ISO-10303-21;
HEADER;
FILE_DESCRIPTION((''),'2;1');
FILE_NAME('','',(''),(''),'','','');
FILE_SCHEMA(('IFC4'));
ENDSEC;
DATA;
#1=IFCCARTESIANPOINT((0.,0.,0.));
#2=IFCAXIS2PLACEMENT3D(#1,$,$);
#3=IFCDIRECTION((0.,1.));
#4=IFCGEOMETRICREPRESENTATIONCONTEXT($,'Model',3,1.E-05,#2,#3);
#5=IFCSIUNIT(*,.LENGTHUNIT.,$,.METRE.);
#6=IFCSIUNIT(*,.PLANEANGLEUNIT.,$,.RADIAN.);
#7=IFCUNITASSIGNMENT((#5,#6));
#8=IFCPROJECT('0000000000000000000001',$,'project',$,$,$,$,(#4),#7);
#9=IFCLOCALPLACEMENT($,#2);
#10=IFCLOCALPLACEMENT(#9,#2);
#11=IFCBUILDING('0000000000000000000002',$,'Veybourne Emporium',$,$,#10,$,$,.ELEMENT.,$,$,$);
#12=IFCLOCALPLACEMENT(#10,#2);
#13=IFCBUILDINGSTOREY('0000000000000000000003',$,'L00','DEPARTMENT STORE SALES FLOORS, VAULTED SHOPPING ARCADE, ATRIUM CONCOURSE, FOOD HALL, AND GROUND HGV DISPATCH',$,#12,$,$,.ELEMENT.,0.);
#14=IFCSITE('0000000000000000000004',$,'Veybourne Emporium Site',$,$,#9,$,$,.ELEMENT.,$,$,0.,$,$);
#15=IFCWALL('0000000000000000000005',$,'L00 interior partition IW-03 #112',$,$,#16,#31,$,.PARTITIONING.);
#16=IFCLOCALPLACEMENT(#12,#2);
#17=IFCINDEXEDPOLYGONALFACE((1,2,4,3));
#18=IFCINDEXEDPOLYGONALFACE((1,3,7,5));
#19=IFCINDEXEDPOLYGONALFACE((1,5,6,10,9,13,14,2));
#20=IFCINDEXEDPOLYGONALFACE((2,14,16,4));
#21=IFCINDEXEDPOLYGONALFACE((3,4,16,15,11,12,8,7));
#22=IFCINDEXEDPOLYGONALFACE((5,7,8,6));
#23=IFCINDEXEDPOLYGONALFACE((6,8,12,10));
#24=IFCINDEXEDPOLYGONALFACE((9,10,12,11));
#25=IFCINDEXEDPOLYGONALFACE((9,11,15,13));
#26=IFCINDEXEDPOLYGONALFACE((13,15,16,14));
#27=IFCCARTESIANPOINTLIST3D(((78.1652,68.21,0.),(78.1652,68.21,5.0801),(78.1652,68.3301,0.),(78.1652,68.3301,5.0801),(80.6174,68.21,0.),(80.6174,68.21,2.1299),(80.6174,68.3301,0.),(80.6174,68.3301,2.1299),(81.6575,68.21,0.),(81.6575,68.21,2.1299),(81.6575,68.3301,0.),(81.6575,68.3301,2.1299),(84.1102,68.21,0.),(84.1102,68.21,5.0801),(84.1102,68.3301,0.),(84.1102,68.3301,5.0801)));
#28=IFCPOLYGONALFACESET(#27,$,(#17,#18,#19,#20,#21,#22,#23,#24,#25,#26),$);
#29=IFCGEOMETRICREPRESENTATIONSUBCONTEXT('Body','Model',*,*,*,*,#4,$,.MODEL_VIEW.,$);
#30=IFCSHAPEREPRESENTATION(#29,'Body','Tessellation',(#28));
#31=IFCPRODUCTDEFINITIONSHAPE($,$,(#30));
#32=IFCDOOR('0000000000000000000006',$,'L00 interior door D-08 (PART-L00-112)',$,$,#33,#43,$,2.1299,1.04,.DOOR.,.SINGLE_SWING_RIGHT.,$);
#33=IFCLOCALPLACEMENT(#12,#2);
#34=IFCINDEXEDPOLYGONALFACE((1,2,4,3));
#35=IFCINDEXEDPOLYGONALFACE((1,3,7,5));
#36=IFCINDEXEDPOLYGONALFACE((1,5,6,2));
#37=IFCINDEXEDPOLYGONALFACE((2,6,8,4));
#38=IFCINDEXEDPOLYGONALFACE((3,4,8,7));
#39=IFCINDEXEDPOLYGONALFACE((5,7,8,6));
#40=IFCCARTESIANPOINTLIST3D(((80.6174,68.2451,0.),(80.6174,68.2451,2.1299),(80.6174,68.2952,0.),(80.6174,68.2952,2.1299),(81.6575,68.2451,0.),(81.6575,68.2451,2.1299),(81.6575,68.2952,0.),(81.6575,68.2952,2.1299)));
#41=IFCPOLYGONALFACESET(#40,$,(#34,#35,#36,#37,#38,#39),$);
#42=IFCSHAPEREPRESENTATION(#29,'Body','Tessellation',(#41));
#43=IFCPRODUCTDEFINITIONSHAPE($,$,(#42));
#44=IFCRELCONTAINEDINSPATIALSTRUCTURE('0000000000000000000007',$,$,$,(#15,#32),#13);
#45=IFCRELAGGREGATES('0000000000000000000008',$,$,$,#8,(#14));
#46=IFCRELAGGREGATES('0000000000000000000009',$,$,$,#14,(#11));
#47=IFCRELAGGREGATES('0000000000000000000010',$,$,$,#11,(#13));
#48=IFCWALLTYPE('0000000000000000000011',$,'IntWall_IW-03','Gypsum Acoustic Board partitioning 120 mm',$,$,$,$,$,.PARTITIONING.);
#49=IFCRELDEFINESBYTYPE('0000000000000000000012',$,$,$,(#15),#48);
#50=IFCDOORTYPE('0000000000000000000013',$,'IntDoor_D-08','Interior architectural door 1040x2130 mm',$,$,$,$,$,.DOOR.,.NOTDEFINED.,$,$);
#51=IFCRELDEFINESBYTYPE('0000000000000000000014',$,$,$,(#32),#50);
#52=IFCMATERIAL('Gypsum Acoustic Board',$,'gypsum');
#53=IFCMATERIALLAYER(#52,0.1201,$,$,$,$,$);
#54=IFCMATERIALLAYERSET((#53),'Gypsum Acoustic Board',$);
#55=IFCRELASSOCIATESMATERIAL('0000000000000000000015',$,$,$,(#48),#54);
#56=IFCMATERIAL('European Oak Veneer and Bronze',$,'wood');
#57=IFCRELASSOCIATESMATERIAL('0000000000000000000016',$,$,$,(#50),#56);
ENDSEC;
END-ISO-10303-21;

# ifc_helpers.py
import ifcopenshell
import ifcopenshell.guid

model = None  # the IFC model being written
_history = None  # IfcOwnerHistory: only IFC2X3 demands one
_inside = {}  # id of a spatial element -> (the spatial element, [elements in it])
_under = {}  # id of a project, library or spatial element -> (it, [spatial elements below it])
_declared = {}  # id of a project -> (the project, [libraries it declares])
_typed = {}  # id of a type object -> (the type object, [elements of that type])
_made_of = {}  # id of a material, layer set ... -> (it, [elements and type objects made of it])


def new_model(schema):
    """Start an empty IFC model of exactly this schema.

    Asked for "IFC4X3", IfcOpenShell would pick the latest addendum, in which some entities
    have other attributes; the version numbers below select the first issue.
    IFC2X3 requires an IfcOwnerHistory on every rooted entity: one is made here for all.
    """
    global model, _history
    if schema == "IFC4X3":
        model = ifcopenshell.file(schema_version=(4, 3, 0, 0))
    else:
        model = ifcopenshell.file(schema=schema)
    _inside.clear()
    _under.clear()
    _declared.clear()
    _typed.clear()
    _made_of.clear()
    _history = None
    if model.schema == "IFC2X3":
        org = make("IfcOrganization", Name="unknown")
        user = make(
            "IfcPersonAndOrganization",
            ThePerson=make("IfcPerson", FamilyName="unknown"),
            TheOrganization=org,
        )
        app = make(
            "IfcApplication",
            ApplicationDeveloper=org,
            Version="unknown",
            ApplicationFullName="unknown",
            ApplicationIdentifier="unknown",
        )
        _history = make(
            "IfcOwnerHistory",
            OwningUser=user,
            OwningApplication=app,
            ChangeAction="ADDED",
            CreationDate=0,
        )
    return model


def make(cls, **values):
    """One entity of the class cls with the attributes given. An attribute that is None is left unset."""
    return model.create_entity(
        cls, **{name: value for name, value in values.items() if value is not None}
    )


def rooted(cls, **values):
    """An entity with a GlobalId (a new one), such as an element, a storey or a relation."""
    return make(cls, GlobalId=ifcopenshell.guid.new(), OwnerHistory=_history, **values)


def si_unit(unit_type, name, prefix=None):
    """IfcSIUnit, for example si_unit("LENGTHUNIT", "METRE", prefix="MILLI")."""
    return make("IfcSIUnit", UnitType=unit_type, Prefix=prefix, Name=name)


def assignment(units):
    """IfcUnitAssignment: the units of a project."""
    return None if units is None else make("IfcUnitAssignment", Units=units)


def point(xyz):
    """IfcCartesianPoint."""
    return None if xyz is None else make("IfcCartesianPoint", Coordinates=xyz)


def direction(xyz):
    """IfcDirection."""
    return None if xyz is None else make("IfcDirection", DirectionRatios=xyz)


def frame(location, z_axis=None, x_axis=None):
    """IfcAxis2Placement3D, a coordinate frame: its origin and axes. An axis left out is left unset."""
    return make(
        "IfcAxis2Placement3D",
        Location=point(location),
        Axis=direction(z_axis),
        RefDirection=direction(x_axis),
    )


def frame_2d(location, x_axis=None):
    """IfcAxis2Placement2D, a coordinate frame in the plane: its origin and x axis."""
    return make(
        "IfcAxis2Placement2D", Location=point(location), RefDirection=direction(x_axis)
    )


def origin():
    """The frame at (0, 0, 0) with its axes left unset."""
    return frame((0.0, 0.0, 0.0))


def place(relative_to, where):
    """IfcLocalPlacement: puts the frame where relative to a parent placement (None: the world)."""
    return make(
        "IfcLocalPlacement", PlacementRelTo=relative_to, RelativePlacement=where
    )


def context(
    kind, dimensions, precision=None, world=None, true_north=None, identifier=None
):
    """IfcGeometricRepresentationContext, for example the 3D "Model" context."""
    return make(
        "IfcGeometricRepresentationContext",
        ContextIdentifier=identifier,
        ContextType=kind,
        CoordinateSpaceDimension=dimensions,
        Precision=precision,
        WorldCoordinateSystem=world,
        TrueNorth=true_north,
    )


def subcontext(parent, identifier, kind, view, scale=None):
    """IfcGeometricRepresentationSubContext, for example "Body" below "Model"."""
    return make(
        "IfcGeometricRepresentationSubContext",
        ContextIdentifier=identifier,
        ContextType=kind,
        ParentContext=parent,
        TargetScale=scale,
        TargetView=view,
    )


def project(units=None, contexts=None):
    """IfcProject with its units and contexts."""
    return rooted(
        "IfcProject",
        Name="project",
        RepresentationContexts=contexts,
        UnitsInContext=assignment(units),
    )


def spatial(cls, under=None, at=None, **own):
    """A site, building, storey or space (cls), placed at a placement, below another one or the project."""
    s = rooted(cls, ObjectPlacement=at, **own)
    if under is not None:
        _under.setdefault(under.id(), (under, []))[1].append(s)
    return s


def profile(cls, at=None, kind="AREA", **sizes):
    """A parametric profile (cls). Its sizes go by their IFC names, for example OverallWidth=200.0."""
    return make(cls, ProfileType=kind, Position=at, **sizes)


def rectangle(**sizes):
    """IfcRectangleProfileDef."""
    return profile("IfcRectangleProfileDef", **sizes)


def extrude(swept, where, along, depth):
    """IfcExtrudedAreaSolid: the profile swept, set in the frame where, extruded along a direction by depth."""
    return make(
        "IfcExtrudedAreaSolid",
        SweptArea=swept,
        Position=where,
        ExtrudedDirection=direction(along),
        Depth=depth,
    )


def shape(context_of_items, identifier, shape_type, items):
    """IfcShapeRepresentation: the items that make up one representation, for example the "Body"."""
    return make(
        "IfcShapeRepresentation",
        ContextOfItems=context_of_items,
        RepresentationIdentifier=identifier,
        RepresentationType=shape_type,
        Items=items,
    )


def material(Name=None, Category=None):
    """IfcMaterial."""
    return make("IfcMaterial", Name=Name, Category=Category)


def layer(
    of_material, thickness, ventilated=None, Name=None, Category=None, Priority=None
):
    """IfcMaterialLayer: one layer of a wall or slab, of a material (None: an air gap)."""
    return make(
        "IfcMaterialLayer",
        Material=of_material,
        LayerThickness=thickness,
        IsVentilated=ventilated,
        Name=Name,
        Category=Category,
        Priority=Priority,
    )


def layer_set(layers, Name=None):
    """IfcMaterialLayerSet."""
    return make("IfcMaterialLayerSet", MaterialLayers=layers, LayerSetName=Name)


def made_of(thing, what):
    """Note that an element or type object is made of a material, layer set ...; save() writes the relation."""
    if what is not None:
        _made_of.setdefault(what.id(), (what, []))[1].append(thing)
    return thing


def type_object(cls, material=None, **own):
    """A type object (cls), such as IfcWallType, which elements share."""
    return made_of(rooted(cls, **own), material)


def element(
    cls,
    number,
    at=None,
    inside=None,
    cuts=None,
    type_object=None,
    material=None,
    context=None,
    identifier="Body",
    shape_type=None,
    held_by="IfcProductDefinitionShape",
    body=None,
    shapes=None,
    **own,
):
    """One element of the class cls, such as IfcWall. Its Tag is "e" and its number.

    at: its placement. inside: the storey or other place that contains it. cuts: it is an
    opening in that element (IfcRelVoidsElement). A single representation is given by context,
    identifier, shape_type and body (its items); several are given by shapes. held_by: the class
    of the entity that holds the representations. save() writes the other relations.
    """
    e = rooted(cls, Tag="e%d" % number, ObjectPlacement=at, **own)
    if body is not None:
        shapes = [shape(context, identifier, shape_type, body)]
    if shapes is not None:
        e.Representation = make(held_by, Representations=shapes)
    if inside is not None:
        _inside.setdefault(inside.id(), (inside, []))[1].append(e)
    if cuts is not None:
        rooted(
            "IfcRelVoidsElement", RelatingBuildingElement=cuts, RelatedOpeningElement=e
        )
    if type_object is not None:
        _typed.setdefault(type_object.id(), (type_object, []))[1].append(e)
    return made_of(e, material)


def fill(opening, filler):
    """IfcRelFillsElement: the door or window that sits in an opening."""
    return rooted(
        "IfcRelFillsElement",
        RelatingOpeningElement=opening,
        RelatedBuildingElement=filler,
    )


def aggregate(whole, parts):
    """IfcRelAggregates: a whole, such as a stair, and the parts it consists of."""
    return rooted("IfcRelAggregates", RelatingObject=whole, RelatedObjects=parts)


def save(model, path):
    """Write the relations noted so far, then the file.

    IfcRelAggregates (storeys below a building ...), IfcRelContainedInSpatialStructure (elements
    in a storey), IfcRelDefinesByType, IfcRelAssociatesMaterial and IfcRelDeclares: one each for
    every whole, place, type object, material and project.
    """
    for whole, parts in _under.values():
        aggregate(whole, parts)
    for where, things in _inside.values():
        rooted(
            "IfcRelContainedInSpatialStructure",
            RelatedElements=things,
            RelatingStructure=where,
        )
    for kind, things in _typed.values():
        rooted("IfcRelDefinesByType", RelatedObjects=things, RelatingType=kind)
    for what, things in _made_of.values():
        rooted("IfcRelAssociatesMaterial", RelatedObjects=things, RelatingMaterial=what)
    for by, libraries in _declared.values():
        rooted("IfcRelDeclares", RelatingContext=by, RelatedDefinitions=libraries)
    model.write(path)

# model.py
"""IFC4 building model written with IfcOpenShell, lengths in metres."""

from ifc_helpers import new_model, si_unit, direction, frame, frame_2d, origin, place, context, subcontext, project, spatial, rectangle, extrude, material, layer, layer_set, type_object, element, fill, save


model = new_model("IFC4")

# Units and contexts
model_context = context("Model", 3, precision=1e-05, world=origin(), true_north=direction((0.0, 1.0)))
body_context = subcontext(model_context, "Body", "Model", "MODEL_VIEW")
ifc_project = project(units=[si_unit("LENGTHUNIT", "METRE"), si_unit("PLANEANGLEUNIT", "RADIAN")], contexts=[model_context])

# Site, building, storey
site_placement = place(None, origin())
site = spatial("IfcSite", under=ifc_project, at=site_placement, Name="Veybourne Emporium Site", CompositionType="ELEMENT", RefElevation=0.0)
building_placement = place(site_placement, origin())
building = spatial("IfcBuilding", under=site, at=building_placement, Name="Veybourne Emporium", CompositionType="ELEMENT")
storey_placement = place(building_placement, origin())
storey = spatial("IfcBuildingStorey", under=building, at=storey_placement, Name="L00", Description="DEPARTMENT STORE SALES FLOORS, VAULTED SHOPPING ARCADE, ATRIUM CONCOURSE, FOOD HALL, AND GROUND HGV DISPATCH", CompositionType="ELEMENT", Elevation=0.0)

# Wall, opening, door
ifc_material_1 = material(Name="Gypsum Acoustic Board", Category="gypsum")
ifc_material_2 = material(Name="European Oak Veneer and Bronze", Category="wood")
ifc_layer_1 = layer(ifc_material_1, 0.1201)
ifc_layer_set_1 = layer_set([ifc_layer_1], Name="Gypsum Acoustic Board")
wall_type_1 = type_object("IfcWallType", Name="IntWall_IW-03", Description="Gypsum Acoustic Board partitioning 120 mm", PredefinedType="PARTITIONING", material=ifc_layer_set_1)
wall_1_placement = place(storey_placement, frame((78.165, 68.27, 0.0), z_axis=(0.0, 0.0, 1.0), x_axis=(1.0, 0.0, 0.0)))
wall_1 = element("IfcWall", 1, at=wall_1_placement, inside=storey, type_object=wall_type_1, Name="L00 interior partition IW-03 #112", PredefinedType="PARTITIONING", context=body_context, shape_type="SweptSolid", body=[
    extrude(rectangle(XDim=5.9451, YDim=0.1201, at=frame_2d((2.9727, 0.0))), origin(), (0.0, 0.0, 1.0), 5.0801),
])
opening_1_placement = place(wall_1_placement, frame((2.4524, 0.0, 0.0)))
opening_1 = element("IfcOpeningElement", 2, at=opening_1_placement, cuts=wall_1, PredefinedType="OPENING", context=body_context, shape_type="SweptSolid", body=[
    extrude(rectangle(XDim=1.04, YDim=2.1299, at=frame_2d((0.52, 1.0649))), frame((0.0, 0.0801, 0.0), z_axis=(0.0, -1.0, 0.0), x_axis=(1.0, 0.0, 0.0)), (0.0, 0.0, 1.0), 0.1602),
])
door_type_1 = type_object("IfcDoorType", Name="IntDoor_D-08", Description="Interior architectural door 1040x2130 mm", OperationType="NOTDEFINED", PredefinedType="DOOR", material=ifc_material_2)
door_1_placement = place(opening_1_placement, frame((1.04, 0.0, 0.0), z_axis=(0.0, 0.0, 1.0), x_axis=(-1.0, 0.0, 0.0)))
door_1 = element("IfcDoor", 3, at=door_1_placement, inside=storey, type_object=door_type_1, Name="L00 interior door D-08 (PART-L00-112)", OperationType="SINGLE_SWING_RIGHT", OverallHeight=2.1299, OverallWidth=1.04, PredefinedType="DOOR", context=body_context, shape_type="SweptSolid", body=[
    extrude(rectangle(XDim=1.04, YDim=2.1299, at=frame_2d((0.52, 1.0649))), frame((0.0, 0.0249, 0.0), z_axis=(0.0, -1.0, 0.0), x_axis=(1.0, 0.0, 0.0)), (0.0, 0.0, 1.0), 0.05),
])
fill(opening_1, door_1)

save(model, "model.ifc")
